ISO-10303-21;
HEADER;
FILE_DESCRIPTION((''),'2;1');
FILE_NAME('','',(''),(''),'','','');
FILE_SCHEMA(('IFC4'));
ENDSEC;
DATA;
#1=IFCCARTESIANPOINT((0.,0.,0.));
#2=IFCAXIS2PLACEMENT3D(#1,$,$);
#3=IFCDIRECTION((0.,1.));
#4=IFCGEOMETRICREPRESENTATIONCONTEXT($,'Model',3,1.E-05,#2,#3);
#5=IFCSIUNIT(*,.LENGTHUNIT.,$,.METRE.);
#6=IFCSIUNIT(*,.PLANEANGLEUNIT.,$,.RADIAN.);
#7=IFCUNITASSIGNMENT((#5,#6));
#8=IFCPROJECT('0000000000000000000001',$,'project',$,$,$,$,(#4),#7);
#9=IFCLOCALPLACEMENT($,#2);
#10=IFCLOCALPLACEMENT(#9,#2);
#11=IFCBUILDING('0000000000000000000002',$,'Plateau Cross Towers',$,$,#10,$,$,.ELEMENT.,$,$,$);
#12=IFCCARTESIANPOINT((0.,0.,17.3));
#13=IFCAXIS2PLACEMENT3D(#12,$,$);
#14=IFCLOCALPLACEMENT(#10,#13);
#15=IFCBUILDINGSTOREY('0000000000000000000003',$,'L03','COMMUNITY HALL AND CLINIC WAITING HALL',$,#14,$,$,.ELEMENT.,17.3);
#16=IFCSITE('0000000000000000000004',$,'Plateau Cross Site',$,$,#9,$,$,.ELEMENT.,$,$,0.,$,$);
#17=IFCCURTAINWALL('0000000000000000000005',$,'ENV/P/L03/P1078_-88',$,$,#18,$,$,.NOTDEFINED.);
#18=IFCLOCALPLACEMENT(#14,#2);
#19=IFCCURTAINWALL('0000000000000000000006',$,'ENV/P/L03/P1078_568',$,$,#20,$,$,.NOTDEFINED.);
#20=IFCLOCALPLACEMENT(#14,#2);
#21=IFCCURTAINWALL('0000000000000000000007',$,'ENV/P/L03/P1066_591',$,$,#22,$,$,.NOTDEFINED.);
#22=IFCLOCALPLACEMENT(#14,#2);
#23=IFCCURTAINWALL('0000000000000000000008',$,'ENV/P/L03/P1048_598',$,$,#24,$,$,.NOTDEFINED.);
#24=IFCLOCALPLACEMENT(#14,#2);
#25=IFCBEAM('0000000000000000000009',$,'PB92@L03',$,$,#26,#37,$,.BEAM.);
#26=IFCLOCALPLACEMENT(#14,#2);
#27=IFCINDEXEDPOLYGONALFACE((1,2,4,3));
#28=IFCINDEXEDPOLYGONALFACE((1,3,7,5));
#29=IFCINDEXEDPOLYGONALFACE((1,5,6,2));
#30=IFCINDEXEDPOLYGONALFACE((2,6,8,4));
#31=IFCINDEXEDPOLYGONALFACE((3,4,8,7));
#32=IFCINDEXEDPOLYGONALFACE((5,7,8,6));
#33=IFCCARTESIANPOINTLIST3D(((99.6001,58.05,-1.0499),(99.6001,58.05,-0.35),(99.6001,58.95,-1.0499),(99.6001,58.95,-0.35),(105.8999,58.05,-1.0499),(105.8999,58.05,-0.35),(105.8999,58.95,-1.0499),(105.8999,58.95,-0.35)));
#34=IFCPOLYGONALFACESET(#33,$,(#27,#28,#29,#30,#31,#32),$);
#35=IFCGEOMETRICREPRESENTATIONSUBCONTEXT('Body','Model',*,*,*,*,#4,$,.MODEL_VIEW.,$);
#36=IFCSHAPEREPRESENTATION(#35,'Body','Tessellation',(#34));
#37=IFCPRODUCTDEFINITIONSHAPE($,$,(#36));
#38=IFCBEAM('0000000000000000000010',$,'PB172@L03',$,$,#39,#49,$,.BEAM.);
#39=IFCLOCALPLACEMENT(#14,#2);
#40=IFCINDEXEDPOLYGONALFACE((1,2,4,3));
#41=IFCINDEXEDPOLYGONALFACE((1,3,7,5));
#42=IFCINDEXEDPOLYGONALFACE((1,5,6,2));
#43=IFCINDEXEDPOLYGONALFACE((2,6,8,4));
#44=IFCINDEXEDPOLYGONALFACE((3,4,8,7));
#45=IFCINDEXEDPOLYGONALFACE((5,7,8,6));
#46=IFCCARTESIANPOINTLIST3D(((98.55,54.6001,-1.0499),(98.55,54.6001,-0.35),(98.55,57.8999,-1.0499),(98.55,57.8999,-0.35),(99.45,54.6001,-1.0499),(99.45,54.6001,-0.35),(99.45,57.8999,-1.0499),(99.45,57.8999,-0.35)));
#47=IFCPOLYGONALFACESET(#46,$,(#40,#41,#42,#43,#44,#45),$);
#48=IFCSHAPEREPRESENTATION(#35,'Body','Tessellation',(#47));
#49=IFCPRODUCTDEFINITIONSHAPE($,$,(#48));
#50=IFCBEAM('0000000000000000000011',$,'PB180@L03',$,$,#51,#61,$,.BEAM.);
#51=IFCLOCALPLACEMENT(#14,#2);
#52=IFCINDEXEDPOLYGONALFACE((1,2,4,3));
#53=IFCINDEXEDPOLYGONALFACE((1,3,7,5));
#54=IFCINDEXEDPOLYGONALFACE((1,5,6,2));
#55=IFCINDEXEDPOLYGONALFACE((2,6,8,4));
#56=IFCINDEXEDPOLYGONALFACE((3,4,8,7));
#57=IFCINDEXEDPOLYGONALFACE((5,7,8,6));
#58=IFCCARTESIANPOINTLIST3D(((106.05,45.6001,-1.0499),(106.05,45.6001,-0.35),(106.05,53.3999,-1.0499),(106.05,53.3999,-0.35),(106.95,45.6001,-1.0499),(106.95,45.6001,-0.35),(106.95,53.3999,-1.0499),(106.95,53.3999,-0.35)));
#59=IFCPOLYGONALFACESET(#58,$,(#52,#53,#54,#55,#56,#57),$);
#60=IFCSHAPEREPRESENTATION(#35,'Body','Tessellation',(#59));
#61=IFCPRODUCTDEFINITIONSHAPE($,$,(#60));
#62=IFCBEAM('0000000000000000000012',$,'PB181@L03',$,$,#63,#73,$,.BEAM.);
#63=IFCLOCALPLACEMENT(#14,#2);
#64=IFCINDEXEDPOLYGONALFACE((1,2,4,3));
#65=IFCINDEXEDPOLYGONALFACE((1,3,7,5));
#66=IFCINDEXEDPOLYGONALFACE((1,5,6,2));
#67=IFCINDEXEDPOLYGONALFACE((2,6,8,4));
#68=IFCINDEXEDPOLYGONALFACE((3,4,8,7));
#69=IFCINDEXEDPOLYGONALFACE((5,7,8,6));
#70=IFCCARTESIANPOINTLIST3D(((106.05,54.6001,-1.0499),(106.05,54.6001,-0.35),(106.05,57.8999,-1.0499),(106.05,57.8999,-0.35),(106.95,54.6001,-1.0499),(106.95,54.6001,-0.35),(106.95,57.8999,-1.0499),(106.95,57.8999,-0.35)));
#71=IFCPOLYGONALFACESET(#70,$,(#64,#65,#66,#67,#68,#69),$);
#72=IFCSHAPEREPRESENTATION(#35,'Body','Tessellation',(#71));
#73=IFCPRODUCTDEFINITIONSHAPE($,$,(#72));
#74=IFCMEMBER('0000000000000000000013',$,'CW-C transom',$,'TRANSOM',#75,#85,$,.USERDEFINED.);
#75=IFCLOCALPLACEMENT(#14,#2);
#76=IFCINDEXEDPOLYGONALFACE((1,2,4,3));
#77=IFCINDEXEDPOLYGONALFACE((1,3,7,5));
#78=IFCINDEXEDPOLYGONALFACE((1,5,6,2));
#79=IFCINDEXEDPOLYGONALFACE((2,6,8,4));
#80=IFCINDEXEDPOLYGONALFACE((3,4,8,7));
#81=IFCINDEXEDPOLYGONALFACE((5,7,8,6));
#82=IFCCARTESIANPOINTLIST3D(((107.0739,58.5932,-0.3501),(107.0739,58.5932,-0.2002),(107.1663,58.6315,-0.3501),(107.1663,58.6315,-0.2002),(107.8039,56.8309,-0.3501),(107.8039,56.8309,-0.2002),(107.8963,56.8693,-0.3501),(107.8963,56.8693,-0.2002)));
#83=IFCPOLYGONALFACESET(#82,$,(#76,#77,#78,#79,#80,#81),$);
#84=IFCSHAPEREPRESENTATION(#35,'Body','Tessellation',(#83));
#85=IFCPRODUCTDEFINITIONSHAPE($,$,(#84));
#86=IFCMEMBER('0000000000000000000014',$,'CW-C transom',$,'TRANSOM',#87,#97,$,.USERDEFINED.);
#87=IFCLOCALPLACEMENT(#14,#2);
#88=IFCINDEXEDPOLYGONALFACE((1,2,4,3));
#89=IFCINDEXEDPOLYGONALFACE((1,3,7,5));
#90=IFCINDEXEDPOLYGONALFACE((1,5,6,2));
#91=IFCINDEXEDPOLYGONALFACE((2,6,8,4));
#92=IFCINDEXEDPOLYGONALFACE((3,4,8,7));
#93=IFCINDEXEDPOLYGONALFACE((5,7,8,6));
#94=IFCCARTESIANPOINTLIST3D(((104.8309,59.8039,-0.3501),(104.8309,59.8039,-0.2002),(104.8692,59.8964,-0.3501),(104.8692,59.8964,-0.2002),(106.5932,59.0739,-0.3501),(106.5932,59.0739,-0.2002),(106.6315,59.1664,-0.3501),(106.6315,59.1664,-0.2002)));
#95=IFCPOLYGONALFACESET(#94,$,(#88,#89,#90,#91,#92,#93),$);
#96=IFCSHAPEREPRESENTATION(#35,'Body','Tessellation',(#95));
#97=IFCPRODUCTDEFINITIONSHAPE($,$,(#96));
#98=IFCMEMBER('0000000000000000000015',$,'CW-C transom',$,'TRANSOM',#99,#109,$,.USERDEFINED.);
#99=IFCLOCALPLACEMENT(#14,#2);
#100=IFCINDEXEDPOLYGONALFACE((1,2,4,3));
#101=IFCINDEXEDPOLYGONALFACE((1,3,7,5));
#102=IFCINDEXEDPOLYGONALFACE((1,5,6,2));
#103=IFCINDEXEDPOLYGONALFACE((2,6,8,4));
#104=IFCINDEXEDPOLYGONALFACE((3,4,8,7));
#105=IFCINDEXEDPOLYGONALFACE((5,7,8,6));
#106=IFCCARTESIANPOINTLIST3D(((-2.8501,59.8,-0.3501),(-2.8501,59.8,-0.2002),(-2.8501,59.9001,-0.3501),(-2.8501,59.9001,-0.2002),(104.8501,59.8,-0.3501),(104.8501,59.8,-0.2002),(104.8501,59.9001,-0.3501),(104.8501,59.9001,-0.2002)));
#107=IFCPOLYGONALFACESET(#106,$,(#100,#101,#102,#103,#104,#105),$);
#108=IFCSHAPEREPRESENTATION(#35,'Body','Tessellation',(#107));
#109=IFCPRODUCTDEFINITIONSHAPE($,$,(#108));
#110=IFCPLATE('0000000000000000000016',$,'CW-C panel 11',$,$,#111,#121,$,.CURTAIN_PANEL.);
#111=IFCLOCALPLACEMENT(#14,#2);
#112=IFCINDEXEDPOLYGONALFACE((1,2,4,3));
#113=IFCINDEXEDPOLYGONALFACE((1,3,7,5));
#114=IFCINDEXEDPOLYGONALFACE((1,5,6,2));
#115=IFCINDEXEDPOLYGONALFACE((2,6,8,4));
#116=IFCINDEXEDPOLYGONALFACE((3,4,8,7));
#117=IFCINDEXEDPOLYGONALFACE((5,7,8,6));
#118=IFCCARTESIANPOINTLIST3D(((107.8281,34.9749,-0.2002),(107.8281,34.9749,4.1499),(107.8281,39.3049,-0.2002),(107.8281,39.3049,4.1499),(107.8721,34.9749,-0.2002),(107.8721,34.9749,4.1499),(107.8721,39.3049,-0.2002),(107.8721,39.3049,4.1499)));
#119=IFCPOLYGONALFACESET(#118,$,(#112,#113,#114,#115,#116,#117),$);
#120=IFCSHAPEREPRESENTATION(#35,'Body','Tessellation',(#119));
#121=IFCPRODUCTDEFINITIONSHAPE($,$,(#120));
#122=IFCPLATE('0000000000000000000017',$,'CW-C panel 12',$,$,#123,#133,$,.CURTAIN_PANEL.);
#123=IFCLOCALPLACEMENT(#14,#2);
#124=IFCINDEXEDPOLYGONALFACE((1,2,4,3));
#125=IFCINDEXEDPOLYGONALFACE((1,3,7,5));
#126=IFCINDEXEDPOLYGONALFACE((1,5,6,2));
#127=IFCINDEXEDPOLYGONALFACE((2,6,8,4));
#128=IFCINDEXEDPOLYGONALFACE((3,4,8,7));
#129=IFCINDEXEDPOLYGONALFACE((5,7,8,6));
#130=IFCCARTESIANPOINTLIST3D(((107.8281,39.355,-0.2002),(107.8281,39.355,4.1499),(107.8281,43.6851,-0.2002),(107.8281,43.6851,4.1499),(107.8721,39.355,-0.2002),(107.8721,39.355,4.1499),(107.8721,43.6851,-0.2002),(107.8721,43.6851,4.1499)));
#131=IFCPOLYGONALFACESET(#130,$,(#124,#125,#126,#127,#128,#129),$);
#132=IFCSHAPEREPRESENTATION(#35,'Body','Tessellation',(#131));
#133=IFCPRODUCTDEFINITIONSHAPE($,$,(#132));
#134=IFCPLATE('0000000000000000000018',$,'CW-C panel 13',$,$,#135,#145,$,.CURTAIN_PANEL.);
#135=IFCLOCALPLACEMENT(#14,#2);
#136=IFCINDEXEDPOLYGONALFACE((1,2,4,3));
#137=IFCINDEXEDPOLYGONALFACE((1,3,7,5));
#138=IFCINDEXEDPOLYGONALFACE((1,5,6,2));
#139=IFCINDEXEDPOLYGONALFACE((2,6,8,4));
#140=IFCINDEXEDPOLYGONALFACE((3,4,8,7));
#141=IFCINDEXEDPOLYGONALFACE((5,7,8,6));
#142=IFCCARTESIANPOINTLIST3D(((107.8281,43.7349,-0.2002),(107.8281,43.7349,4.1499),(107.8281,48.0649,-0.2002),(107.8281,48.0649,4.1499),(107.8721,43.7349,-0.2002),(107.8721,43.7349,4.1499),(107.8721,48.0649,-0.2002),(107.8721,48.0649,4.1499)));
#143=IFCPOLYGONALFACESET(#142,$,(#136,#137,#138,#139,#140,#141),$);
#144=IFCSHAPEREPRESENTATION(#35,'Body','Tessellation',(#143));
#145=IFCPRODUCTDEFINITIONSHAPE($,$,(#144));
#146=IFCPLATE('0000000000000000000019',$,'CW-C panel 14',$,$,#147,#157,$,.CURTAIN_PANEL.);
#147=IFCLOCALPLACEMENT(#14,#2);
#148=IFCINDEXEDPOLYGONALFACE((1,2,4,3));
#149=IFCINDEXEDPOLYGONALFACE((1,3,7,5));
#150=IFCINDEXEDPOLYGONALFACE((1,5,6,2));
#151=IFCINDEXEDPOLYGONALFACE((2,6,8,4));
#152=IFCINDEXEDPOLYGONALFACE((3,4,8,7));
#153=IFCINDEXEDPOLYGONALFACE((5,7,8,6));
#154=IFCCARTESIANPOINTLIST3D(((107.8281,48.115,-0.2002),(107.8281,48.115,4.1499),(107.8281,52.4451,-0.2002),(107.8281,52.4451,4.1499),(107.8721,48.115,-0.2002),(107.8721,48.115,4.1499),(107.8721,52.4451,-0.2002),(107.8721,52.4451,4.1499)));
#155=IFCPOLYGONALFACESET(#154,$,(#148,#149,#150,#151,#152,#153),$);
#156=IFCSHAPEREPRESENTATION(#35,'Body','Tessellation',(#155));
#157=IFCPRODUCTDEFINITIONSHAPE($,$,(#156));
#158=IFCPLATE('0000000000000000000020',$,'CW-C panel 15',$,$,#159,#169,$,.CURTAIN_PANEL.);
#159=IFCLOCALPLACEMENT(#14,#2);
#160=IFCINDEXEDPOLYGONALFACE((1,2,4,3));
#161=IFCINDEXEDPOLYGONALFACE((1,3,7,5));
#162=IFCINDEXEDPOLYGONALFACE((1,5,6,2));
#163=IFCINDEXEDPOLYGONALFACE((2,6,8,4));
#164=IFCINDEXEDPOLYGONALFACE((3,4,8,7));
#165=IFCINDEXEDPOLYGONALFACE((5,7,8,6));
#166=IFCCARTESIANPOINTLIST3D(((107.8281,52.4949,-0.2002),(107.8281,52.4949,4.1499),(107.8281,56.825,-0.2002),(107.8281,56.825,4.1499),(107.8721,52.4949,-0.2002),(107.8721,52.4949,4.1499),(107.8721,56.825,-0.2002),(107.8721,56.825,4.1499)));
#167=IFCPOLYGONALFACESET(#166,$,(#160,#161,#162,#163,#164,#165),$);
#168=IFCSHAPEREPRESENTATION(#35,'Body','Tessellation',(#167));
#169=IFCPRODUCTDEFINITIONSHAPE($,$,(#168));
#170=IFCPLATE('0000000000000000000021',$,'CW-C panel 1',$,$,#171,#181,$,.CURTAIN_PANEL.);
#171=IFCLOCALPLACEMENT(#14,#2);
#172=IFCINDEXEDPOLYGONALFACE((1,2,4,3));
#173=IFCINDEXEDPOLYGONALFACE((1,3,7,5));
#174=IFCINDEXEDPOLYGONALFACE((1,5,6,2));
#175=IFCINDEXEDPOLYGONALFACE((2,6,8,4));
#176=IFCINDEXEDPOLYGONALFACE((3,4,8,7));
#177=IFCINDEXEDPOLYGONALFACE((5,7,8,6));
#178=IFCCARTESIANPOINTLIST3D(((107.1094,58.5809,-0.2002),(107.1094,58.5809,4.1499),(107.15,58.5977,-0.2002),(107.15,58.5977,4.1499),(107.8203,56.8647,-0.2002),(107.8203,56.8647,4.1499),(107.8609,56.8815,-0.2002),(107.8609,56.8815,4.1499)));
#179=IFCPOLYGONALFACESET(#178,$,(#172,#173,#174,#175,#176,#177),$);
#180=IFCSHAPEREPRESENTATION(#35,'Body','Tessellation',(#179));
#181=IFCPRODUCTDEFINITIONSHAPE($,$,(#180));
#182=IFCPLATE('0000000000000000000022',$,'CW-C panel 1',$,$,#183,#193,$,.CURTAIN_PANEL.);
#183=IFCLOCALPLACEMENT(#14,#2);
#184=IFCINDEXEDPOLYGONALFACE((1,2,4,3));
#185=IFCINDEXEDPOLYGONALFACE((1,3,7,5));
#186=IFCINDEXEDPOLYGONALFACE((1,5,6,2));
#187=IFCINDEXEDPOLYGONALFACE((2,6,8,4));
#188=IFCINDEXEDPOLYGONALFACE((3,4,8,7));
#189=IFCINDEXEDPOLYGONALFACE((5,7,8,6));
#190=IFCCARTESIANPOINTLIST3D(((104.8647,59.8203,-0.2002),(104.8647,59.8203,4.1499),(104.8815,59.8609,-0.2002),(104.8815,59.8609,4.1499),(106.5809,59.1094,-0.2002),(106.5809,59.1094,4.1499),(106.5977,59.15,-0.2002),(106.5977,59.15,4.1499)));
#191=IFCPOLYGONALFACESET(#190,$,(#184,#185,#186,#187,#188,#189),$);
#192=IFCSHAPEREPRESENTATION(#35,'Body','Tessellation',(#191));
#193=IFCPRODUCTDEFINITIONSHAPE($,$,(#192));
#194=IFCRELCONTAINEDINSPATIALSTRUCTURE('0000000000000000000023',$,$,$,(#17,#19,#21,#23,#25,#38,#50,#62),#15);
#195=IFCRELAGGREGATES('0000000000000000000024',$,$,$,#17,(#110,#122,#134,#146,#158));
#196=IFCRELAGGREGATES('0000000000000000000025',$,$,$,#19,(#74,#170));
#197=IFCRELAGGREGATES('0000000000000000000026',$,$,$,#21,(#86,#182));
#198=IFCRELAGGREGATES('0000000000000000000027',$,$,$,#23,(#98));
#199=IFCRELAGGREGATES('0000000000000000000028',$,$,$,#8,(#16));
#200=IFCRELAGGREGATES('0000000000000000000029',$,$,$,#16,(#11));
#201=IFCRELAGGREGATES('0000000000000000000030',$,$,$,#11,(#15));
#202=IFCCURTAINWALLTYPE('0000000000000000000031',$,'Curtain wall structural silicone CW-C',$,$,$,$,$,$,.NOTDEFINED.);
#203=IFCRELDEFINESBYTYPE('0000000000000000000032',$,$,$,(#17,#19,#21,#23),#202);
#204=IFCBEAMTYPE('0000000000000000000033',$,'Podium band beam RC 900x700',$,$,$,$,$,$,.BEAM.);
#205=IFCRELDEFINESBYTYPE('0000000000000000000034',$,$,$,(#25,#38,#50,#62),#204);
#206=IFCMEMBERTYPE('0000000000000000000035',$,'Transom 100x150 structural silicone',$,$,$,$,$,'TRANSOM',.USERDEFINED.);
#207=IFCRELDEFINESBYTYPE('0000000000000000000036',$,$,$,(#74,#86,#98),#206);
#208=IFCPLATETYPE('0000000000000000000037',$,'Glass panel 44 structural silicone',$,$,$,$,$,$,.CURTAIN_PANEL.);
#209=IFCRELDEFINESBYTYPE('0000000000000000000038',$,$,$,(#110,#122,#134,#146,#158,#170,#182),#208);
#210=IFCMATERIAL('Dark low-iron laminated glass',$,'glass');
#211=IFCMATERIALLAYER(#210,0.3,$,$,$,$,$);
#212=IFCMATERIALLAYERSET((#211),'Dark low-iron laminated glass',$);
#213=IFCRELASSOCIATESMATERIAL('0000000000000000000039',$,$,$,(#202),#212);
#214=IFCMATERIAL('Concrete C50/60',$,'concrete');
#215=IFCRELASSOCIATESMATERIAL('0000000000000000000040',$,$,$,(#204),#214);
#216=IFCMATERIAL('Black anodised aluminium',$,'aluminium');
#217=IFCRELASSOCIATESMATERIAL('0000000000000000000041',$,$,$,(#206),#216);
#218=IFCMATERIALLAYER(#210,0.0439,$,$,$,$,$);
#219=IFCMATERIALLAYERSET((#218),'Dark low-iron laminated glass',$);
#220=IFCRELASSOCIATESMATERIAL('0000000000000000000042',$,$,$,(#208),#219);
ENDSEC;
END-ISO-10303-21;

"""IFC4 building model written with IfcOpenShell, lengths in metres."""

from ifc_helpers import new_model, si_unit, direction, frame, origin, origin_2d, place, context, subcontext, project, spatial, rectangle, extrude, material, layer, layer_set, material_profile, profile_set, type_object, element, aggregate, save


model = new_model("IFC4")

# Units and contexts
model_context = context("Model", 3, precision=1e-05, world=origin(), true_north=direction((0.0, 1.0)))
body_context = subcontext(model_context, "Body", "Model", "MODEL_VIEW")
ifc_project = project(units=[si_unit("LENGTHUNIT", "METRE"), si_unit("PLANEANGLEUNIT", "RADIAN")], contexts=[model_context])

# Site, building, storey
site_placement = place(None, origin())
site = spatial("IfcSite", under=ifc_project, at=site_placement, Name="Plateau Cross Site", CompositionType="ELEMENT", RefElevation=0.0)
building_placement = place(site_placement, origin())
building = spatial("IfcBuilding", under=site, at=building_placement, Name="Plateau Cross Towers", CompositionType="ELEMENT")
storey_placement = place(building_placement, frame((0.0, 0.0, 17.3)))
storey = spatial("IfcBuildingStorey", under=building, at=storey_placement, Name="L03", Description="COMMUNITY HALL AND CLINIC WAITING HALL", CompositionType="ELEMENT", Elevation=17.3)

# Curtain walls
ifc_material_1 = material(Name="Dark low-iron laminated glass", Category="glass")
ifc_layer_1 = layer(ifc_material_1, 0.3)
ifc_layer_set_1 = layer_set([ifc_layer_1], Name="Dark low-iron laminated glass")
curtain_wall_type = type_object("IfcCurtainWallType", Name="Curtain wall structural silicone CW-C", PredefinedType="NOTDEFINED", material=ifc_layer_set_1)
curtain_wall_1_placement = place(storey_placement, origin())
curtain_wall_1 = element("IfcCurtainWall", 1, at=curtain_wall_1_placement, inside=storey, type_object=curtain_wall_type, Name="ENV/P/L03/P1078_-88", PredefinedType="NOTDEFINED")
ifc_material_2 = material(Name="Black anodised aluminium", Category="aluminium")
curtain_wall_2_placement = place(storey_placement, origin())
curtain_wall_2 = element("IfcCurtainWall", 2, at=curtain_wall_2_placement, inside=storey, type_object=curtain_wall_type, Name="ENV/P/L03/P1078_568", PredefinedType="NOTDEFINED")

# Curtain wall
curtain_wall_3_placement = place(storey_placement, origin())
curtain_wall_3 = element("IfcCurtainWall", 3, at=curtain_wall_3_placement, inside=storey, type_object=curtain_wall_type, Name="ENV/P/L03/P1066_591", PredefinedType="NOTDEFINED")

# Curtain wall
curtain_wall_4_placement = place(storey_placement, origin())
curtain_wall_4 = element("IfcCurtainWall", 4, at=curtain_wall_4_placement, inside=storey, type_object=curtain_wall_type, Name="ENV/P/L03/P1048_598", PredefinedType="NOTDEFINED")

# Beams
ifc_material_3 = material(Name="Concrete C50/60", Category="concrete")
ifc_material_profile_1 = material_profile(ifc_material_3, rectangle(XDim=0.8999, YDim=0.7, at=origin_2d()), Name="RC 900x700")
ifc_profile_set_1 = profile_set([ifc_material_profile_1], Name="Concrete C50/60")
beam_type = type_object("IfcBeamType", Name="Podium band beam RC 900x700", PredefinedType="BEAM", material=ifc_profile_set_1)
for number, where, z_axis, x_axis, name in (
    (5, (99.6001, 58.5, -0.7), (1.0, 0.0, 0.0), (0.0, 1.0, 0.0), "PB92@L03"),
):
    element("IfcBeam", number, at=place(storey_placement, frame(where, z_axis=z_axis, x_axis=x_axis)), inside=storey, type_object=beam_type, Name=name, PredefinedType="BEAM", context=body_context, shape_type="SweptSolid", body=[
        extrude(rectangle(XDim=0.8999, YDim=0.7, at=origin_2d()), origin(), (0.0, 0.0, 1.0), 6.2998),
    ])
beam_1_placement = place(storey_placement, frame((99.0, 54.6001, -0.7), z_axis=(0.0, 1.0, 0.0), x_axis=(-1.0, 0.0, 0.0)))
element("IfcBeam", 6, at=beam_1_placement, inside=storey, type_object=beam_type, Name="PB172@L03", PredefinedType="BEAM", context=body_context, shape_type="SweptSolid", body=[
    extrude(rectangle(XDim=0.8999, YDim=0.7, at=origin_2d()), origin(), (0.0, 0.0, 1.0), 3.2998),
])
beam_2_placement = place(storey_placement, frame((106.5, 45.6001, -0.7), z_axis=(0.0, 1.0, 0.0), x_axis=(-1.0, 0.0, 0.0)))
element("IfcBeam", 7, at=beam_2_placement, inside=storey, type_object=beam_type, Name="PB180@L03", PredefinedType="BEAM", context=body_context, shape_type="SweptSolid", body=[
    extrude(rectangle(XDim=0.8999, YDim=0.7, at=origin_2d()), origin(), (0.0, 0.0, 1.0), 7.7998),
])
beam_3_placement = place(storey_placement, frame((106.5, 54.6001, -0.7), z_axis=(0.0, 1.0, 0.0), x_axis=(-1.0, 0.0, 0.0)))
element("IfcBeam", 8, at=beam_3_placement, inside=storey, type_object=beam_type, Name="PB181@L03", PredefinedType="BEAM", context=body_context, shape_type="SweptSolid", body=[
    extrude(rectangle(XDim=0.8999, YDim=0.7, at=origin_2d()), origin(), (0.0, 0.0, 1.0), 3.2998),
])

# Members
ifc_material_profile_2 = material_profile(ifc_material_2, rectangle(XDim=0.1001, YDim=0.1499, at=origin_2d()), Name="TRANSOM 100x150")
ifc_profile_set_2 = profile_set([ifc_material_profile_2], Name="Black anodised aluminium")
member_type_1 = type_object("IfcMemberType", Name="Transom 100x150 structural silicone", ElementType="TRANSOM", PredefinedType="USERDEFINED", material=ifc_profile_set_2)
member_1_placement = place(storey_placement, frame((107.8501, 56.8501, -0.2751), z_axis=(-0.382706, 0.92387, 0.0), x_axis=(-0.92387, -0.382706, 0.0)))
member_1 = element("IfcMember", 9, at=member_1_placement, type_object=member_type_1, Name="CW-C transom", ObjectType="TRANSOM", PredefinedType="USERDEFINED", context=body_context, shape_type="SweptSolid", body=[
    extrude(rectangle(XDim=0.1001, YDim=0.1499, at=origin_2d()), origin(), (0.0, 0.0, 1.0), 1.9075),
])
member_2_placement = place(storey_placement, frame((106.6123, 59.1201, -0.2751), z_axis=(-0.92387, 0.382706, 0.0), x_axis=(-0.382706, -0.92387, 0.0)))
member_2 = element("IfcMember", 10, at=member_2_placement, type_object=member_type_1, Name="CW-C transom", ObjectType="TRANSOM", PredefinedType="USERDEFINED", context=body_context, shape_type="SweptSolid", body=[
    extrude(rectangle(XDim=0.1001, YDim=0.1499, at=origin_2d()), origin(), (0.0, 0.0, 1.0), 1.9075),
])
member_3_placement = place(storey_placement, frame((104.8501, 59.8501, -0.2751), z_axis=(-1.0, 0.0, 0.0), x_axis=(0.0, -1.0, 0.0)))
member_3 = element("IfcMember", 11, at=member_3_placement, type_object=member_type_1, Name="CW-C transom", ObjectType="TRANSOM", PredefinedType="USERDEFINED", context=body_context, shape_type="SweptSolid", body=[
    extrude(rectangle(XDim=0.1001, YDim=0.1499, at=origin_2d()), origin(), (0.0, 0.0, 1.0), 107.7002),
])

# Plates
ifc_layer_2 = layer(ifc_material_1, 0.0439)
ifc_layer_set_2 = layer_set([ifc_layer_2], Name="Dark low-iron laminated glass")
plate_type = type_object("IfcPlateType", Name="Glass panel 44 structural silicone", PredefinedType="CURTAIN_PANEL", material=ifc_layer_set_2)
plate_1_placement = place(storey_placement, frame((107.8501, 37.1399, -0.2002), z_axis=(0.0, 0.0, 1.0), x_axis=(0.0, 1.0, 0.0)))
plate_1 = element("IfcPlate", 12, at=plate_1_placement, type_object=plate_type, Name="CW-C panel 11", PredefinedType="CURTAIN_PANEL", context=body_context, shape_type="SweptSolid", body=[
    extrude(rectangle(XDim=4.3301, YDim=0.0439, at=origin_2d()), origin(), (0.0, 0.0, 1.0), 4.3501),
])
plate_2_placement = place(storey_placement, frame((107.8501, 41.52, -0.2002), z_axis=(0.0, 0.0, 1.0), x_axis=(0.0, 1.0, 0.0)))
plate_2 = element("IfcPlate", 13, at=plate_2_placement, type_object=plate_type, Name="CW-C panel 12", PredefinedType="CURTAIN_PANEL", context=body_context, shape_type="SweptSolid", body=[
    extrude(rectangle(XDim=4.3301, YDim=0.0439, at=origin_2d()), origin(), (0.0, 0.0, 1.0), 4.3501),
])
plate_3_placement = place(storey_placement, frame((107.8501, 45.8999, -0.2002), z_axis=(0.0, 0.0, 1.0), x_axis=(0.0, 1.0, 0.0)))
plate_3 = element("IfcPlate", 14, at=plate_3_placement, type_object=plate_type, Name="CW-C panel 13", PredefinedType="CURTAIN_PANEL", context=body_context, shape_type="SweptSolid", body=[
    extrude(rectangle(XDim=4.3301, YDim=0.0439, at=origin_2d()), origin(), (0.0, 0.0, 1.0), 4.3501),
])
plate_4_placement = place(storey_placement, frame((107.8501, 50.28, -0.2002), z_axis=(0.0, 0.0, 1.0), x_axis=(0.0, 1.0, 0.0)))
plate_4 = element("IfcPlate", 15, at=plate_4_placement, type_object=plate_type, Name="CW-C panel 14", PredefinedType="CURTAIN_PANEL", context=body_context, shape_type="SweptSolid", body=[
    extrude(rectangle(XDim=4.3301, YDim=0.0439, at=origin_2d()), origin(), (0.0, 0.0, 1.0), 4.3501),
])
plate_5_placement = place(storey_placement, frame((107.8501, 54.6599, -0.2002), z_axis=(0.0, 0.0, 1.0), x_axis=(0.0, 1.0, 0.0)))
plate_5 = element("IfcPlate", 16, at=plate_5_placement, type_object=plate_type, Name="CW-C panel 15", PredefinedType="CURTAIN_PANEL", context=body_context, shape_type="SweptSolid", body=[
    extrude(rectangle(XDim=4.3301, YDim=0.0439, at=origin_2d()), origin(), (0.0, 0.0, 1.0), 4.3501),
])
aggregate(curtain_wall_1, [plate_1, plate_2, plate_3, plate_4, plate_5])
plate_6_placement = place(storey_placement, frame((107.4851, 57.7312, -0.2002), z_axis=(0.0, 0.0, 1.0), x_axis=(-0.382684, 0.923879, 0.0)))
plate_6 = element("IfcPlate", 17, at=plate_6_placement, type_object=plate_type, Name="CW-C panel 1", PredefinedType="CURTAIN_PANEL", context=body_context, shape_type="SweptSolid", body=[
    extrude(rectangle(XDim=1.8577, YDim=0.0439, at=origin_2d()), origin(), (0.0, 0.0, 1.0), 4.3501),
])
aggregate(curtain_wall_2, [member_1, plate_6])
plate_7_placement = place(storey_placement, frame((105.7312, 59.4851, -0.2002), z_axis=(0.0, 0.0, 1.0), x_axis=(-0.923879, 0.382684, 0.0)))
plate_7 = element("IfcPlate", 18, at=plate_7_placement, type_object=plate_type, Name="CW-C panel 1", PredefinedType="CURTAIN_PANEL", context=body_context, shape_type="SweptSolid", body=[
    extrude(rectangle(XDim=1.8577, YDim=0.0439, at=origin_2d()), origin(), (0.0, 0.0, 1.0), 4.3501),
])
aggregate(curtain_wall_3, [member_2, plate_7])
aggregate(curtain_wall_4, [member_3])

save(model, "model.ifc")
